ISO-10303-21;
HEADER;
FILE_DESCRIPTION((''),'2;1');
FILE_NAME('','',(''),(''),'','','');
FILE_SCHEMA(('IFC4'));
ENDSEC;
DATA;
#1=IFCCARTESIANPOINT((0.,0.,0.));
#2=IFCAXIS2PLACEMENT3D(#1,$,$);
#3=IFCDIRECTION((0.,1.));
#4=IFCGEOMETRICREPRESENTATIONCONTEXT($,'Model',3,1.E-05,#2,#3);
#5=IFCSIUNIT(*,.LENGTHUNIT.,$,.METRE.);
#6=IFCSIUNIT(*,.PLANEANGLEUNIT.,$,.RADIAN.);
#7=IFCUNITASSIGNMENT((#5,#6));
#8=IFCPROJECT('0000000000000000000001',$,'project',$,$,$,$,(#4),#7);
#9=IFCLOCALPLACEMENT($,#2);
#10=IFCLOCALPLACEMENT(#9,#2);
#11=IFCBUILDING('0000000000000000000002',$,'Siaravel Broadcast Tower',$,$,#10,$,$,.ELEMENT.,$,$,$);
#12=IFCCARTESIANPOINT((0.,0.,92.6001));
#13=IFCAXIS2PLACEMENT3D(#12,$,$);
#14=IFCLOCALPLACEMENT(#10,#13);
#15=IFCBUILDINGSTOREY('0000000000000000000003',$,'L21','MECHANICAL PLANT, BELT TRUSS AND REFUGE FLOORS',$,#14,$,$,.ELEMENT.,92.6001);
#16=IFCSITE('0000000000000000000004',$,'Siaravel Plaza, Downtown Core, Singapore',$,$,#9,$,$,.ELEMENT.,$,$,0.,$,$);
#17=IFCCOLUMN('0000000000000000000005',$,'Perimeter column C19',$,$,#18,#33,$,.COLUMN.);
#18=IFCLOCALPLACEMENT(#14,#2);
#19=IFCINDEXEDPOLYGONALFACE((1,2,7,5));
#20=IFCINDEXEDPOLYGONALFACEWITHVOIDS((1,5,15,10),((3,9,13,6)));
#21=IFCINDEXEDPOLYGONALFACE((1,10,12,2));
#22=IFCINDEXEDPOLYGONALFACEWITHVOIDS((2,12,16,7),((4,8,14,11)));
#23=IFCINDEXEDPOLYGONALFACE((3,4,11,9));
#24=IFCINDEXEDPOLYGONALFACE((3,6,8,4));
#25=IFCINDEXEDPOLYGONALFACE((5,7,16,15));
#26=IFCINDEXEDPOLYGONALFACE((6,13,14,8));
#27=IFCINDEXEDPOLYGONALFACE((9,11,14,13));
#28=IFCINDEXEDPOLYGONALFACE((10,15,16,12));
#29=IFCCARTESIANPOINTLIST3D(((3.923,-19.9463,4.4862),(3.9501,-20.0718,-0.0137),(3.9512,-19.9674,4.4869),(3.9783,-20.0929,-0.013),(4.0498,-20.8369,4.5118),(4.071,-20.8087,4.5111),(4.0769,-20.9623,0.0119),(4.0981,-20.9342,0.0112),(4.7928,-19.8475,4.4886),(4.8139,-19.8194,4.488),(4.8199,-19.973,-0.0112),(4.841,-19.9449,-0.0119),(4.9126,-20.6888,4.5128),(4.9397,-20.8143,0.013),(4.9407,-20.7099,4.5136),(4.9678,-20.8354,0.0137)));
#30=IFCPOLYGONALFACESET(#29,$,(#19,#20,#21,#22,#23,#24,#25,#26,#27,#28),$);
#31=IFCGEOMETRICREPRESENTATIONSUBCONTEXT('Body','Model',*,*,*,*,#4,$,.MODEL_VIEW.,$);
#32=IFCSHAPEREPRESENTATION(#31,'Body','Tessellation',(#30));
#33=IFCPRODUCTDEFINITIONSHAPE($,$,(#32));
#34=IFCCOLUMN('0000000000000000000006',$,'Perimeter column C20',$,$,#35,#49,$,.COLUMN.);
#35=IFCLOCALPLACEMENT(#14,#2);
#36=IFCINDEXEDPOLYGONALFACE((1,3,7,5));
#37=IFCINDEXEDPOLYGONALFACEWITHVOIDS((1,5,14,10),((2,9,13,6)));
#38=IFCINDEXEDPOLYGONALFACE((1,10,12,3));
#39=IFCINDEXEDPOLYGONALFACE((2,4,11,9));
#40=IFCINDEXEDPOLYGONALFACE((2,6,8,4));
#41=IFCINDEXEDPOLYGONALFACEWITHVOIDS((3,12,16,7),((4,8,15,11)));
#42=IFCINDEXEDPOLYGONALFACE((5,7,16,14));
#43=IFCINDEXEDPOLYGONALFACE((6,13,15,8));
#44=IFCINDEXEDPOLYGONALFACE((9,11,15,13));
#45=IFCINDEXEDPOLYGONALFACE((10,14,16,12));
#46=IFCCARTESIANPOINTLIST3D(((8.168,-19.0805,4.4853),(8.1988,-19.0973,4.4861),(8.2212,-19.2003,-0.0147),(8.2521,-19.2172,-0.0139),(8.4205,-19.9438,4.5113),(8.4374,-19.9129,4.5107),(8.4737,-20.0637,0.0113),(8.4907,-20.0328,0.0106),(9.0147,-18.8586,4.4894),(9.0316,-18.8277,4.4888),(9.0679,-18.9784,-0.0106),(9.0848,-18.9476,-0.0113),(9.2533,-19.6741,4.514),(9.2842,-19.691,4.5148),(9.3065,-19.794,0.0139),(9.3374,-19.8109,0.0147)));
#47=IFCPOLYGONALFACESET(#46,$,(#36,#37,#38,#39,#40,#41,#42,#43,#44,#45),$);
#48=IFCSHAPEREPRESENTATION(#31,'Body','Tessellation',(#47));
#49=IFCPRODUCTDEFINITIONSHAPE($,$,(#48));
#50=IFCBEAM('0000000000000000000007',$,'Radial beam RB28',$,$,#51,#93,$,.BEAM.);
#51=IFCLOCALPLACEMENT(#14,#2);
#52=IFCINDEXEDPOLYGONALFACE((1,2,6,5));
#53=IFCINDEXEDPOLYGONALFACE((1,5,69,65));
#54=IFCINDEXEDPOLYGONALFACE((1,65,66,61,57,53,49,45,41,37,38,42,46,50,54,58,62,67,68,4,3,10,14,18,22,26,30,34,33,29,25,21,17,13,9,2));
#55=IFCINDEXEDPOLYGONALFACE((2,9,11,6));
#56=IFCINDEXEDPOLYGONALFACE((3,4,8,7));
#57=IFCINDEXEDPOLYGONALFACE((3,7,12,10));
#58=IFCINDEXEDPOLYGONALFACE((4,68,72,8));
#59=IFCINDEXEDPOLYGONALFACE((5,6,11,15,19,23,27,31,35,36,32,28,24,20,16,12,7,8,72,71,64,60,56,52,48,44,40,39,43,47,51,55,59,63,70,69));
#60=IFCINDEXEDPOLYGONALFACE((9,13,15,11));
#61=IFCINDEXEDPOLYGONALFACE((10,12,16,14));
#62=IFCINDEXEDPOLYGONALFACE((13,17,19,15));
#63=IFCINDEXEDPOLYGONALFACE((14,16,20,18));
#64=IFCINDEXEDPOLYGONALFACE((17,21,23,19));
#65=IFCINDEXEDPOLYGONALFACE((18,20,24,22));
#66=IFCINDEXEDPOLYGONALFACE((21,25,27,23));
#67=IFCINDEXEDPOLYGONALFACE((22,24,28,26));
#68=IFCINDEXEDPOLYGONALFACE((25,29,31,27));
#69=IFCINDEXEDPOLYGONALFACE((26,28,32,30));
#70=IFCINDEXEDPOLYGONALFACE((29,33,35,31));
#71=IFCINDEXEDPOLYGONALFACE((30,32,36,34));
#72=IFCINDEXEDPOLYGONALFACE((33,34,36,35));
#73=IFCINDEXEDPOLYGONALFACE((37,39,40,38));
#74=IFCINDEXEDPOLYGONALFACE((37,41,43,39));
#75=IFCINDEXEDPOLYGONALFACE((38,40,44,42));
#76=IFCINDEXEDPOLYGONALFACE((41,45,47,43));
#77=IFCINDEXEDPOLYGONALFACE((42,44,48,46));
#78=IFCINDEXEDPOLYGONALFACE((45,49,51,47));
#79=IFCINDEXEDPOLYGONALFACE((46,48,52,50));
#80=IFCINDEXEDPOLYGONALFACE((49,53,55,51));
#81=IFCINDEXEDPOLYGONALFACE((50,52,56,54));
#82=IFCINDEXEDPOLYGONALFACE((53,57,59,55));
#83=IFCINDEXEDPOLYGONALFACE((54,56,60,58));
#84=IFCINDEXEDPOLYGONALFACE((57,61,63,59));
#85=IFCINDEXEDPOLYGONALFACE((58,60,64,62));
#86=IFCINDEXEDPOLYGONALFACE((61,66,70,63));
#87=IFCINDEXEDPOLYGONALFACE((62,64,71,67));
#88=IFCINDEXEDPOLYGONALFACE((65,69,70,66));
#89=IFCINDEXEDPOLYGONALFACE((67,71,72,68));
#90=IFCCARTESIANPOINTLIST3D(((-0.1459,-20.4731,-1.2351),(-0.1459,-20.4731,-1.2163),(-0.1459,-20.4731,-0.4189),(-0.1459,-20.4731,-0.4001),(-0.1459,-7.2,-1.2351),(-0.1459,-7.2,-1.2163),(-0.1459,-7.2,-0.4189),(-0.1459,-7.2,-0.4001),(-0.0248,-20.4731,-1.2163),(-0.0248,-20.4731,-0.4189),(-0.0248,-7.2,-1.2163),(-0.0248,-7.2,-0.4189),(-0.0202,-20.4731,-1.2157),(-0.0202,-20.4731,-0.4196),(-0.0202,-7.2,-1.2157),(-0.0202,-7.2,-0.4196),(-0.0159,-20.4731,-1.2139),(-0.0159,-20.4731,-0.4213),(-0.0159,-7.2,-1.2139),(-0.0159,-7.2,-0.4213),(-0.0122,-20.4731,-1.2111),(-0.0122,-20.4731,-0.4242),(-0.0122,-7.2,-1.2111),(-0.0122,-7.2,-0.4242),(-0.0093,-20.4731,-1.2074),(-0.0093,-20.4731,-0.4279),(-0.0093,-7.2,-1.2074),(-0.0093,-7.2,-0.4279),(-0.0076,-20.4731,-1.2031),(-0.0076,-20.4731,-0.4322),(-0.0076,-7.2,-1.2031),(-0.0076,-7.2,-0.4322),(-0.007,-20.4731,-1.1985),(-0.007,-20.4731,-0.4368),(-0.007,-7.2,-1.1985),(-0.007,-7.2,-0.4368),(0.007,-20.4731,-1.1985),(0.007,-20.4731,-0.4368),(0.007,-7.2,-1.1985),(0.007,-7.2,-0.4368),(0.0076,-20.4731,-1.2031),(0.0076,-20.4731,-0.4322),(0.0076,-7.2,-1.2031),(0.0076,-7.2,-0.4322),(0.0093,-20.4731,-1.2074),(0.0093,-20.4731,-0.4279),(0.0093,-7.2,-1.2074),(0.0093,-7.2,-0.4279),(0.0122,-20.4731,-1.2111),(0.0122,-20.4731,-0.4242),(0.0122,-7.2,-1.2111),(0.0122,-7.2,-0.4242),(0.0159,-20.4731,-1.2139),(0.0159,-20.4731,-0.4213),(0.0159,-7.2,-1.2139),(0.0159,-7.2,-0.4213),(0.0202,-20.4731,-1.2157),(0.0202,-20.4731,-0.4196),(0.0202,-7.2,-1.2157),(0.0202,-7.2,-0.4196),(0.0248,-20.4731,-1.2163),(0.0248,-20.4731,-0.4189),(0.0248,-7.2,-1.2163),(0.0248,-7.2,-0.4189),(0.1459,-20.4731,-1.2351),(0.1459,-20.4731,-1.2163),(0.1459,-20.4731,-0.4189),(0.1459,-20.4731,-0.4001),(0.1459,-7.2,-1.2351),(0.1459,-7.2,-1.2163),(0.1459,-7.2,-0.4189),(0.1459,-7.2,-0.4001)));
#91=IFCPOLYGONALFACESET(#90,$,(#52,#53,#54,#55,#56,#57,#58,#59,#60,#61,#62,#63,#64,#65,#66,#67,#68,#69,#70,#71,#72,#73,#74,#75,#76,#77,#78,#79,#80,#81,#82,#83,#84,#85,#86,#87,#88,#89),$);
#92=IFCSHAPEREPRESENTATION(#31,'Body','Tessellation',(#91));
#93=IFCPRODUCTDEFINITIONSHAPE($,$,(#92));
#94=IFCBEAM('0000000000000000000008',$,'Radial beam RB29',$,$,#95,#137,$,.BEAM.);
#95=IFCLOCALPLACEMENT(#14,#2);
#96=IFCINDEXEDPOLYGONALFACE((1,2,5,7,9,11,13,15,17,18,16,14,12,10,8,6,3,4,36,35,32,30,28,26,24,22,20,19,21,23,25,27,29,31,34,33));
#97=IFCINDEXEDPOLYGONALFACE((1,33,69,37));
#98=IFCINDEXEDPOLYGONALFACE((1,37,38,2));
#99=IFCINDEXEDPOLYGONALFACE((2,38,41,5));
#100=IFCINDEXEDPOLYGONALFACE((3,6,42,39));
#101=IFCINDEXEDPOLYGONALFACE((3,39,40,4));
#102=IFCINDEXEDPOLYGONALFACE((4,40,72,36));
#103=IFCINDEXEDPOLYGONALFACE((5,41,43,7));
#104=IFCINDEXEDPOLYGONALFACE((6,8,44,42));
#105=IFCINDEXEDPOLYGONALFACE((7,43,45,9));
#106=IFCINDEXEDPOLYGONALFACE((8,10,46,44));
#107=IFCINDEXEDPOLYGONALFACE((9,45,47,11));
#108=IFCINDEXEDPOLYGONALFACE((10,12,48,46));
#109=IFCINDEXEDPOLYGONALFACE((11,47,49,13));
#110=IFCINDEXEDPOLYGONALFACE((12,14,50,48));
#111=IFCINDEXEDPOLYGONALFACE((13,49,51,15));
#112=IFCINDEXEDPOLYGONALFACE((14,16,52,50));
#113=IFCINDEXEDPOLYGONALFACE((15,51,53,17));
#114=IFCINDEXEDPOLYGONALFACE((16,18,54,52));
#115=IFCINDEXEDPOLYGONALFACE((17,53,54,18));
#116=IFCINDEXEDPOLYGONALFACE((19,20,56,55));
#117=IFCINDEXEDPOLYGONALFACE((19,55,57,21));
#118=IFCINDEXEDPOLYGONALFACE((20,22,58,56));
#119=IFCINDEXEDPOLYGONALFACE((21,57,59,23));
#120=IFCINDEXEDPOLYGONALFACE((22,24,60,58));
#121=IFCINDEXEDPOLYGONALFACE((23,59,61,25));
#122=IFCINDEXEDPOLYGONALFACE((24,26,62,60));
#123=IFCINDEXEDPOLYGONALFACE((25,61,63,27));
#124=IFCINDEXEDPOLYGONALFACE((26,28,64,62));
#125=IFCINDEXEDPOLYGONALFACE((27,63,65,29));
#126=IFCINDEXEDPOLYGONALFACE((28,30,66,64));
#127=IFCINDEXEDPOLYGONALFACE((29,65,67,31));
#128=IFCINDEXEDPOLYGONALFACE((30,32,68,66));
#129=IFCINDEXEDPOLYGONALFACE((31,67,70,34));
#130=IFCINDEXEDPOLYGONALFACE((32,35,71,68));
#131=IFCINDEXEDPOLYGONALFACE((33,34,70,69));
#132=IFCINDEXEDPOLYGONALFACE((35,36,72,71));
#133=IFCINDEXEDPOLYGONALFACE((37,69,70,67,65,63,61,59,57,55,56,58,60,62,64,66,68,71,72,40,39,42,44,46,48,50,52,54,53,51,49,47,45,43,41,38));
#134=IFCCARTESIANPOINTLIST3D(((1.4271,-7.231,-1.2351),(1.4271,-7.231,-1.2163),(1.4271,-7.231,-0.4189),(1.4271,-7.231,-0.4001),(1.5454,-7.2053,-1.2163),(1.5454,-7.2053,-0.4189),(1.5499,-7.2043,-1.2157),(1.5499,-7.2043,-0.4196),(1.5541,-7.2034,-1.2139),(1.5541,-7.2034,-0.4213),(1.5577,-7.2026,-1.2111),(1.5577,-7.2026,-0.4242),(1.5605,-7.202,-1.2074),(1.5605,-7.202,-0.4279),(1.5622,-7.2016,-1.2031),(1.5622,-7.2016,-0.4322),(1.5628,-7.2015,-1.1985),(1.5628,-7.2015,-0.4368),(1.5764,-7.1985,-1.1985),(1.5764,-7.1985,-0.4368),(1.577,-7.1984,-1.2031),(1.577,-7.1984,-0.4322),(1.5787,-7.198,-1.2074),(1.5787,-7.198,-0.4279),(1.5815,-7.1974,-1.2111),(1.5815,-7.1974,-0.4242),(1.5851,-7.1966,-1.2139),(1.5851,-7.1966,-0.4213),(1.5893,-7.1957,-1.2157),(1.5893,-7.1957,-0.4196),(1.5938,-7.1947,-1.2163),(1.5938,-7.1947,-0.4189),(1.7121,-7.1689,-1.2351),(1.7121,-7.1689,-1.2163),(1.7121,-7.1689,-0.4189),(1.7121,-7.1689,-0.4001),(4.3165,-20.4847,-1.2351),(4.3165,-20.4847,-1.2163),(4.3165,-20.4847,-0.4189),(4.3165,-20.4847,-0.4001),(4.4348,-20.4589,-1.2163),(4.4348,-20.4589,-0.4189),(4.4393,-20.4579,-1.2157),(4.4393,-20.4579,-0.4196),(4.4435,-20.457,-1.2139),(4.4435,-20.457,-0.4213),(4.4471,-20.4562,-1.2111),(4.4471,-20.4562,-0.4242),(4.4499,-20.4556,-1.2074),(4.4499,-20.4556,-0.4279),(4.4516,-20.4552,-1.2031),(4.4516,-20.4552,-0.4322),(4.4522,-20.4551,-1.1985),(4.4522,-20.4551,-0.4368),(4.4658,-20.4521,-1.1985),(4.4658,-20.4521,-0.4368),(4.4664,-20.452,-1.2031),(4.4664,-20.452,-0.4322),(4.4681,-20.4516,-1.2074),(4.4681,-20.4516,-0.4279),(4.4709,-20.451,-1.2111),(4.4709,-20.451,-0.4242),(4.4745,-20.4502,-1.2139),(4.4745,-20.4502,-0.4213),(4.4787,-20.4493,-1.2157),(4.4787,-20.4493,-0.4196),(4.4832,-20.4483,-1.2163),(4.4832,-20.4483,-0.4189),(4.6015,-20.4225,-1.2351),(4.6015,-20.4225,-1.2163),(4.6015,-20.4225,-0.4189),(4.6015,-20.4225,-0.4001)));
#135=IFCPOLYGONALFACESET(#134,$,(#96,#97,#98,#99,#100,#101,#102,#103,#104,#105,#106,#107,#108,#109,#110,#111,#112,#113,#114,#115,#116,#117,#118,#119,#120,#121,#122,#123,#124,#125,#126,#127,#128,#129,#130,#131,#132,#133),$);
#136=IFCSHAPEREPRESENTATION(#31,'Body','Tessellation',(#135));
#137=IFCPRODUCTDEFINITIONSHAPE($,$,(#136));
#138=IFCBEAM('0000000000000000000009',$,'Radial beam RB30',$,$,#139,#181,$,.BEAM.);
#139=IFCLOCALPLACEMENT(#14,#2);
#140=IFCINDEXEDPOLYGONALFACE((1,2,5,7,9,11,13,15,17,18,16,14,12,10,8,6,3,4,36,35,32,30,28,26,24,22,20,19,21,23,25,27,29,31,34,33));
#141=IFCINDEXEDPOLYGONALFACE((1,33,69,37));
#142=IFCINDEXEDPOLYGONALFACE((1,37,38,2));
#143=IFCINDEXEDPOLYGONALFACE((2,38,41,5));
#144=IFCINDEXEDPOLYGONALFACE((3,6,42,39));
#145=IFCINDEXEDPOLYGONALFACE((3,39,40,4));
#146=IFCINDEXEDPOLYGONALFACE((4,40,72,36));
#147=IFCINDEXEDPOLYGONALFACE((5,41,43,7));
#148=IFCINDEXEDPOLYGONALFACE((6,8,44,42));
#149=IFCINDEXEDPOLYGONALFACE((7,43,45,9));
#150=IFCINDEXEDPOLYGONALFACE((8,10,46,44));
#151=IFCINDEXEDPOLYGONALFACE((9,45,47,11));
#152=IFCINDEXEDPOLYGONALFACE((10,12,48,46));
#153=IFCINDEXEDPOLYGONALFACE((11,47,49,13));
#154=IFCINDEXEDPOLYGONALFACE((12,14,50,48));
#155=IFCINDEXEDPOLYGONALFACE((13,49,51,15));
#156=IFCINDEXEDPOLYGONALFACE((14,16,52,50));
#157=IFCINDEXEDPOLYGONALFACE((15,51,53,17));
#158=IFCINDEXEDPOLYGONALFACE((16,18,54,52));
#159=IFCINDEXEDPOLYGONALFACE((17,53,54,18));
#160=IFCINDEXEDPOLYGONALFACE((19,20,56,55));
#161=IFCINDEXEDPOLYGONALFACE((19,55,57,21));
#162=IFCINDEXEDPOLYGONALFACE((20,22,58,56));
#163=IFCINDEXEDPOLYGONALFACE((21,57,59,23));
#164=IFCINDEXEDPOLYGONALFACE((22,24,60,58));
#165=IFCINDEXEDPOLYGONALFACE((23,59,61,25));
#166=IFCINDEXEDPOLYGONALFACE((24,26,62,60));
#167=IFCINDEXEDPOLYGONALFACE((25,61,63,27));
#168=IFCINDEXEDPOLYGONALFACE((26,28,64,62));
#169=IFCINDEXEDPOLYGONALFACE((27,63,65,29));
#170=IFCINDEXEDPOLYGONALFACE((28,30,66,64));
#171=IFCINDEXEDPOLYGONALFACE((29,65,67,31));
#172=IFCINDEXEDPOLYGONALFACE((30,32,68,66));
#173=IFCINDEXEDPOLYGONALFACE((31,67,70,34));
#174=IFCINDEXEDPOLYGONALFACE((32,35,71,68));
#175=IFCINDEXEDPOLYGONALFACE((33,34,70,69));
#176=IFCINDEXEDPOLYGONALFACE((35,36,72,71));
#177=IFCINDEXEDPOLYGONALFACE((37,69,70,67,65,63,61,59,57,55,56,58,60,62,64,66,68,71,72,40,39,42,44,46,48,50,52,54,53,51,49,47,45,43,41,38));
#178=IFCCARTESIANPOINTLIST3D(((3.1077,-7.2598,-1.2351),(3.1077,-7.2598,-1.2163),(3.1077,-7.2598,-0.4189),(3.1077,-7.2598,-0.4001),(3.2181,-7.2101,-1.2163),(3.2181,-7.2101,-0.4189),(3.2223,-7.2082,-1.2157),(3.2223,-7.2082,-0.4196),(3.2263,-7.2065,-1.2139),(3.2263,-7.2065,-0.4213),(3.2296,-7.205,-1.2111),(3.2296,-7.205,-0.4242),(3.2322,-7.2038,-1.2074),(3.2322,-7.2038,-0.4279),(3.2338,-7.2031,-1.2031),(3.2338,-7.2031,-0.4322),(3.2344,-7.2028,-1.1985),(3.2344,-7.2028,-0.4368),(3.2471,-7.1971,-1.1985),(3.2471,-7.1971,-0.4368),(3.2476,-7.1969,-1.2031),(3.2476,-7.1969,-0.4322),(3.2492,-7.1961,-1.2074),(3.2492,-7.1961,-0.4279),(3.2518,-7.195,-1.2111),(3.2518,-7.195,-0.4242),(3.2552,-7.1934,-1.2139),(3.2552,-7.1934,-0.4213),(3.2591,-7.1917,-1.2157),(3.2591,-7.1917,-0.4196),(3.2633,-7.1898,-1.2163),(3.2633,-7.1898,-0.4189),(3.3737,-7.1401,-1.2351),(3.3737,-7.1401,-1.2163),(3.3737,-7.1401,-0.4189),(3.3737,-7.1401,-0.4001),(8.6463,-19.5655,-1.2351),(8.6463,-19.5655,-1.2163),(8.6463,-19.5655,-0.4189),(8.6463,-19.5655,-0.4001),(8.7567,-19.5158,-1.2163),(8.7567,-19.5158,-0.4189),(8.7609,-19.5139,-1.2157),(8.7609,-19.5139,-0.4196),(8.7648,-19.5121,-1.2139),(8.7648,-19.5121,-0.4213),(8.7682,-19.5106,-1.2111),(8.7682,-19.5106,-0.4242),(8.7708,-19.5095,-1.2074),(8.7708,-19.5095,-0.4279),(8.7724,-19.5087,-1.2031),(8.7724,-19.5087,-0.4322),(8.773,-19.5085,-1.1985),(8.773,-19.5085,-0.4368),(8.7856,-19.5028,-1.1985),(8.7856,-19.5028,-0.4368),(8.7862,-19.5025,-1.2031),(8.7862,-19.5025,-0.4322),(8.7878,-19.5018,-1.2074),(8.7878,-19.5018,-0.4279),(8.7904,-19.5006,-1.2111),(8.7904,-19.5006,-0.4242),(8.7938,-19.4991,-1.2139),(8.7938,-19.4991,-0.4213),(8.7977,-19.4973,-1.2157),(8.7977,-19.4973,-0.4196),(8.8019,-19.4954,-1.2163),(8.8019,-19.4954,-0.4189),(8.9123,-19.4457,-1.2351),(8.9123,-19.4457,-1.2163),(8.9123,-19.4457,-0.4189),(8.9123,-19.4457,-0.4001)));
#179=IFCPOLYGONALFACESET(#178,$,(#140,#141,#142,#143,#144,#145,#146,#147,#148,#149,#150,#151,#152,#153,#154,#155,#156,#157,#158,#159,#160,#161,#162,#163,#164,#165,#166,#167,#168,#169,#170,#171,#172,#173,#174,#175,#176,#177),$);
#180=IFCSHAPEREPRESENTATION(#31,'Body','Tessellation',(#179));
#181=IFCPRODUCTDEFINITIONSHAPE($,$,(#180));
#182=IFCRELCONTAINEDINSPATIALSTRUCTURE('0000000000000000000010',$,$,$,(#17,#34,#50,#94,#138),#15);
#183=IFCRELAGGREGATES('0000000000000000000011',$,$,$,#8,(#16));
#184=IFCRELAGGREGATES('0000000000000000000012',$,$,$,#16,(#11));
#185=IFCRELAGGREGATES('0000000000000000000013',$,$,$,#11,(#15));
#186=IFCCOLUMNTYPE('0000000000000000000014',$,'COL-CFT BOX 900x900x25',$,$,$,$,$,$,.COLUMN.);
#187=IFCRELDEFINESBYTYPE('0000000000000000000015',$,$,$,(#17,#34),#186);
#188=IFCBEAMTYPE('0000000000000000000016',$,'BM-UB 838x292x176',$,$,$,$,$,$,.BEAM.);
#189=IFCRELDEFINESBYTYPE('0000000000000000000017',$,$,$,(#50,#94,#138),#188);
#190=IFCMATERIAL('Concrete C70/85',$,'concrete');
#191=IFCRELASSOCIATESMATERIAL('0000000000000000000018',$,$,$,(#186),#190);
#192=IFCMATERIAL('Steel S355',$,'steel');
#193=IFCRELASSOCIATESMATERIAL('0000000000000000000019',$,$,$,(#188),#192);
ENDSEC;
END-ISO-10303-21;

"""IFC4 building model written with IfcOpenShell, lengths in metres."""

from ifc_helpers import new_model, si_unit, direction, frame, origin, origin_2d, place, context, subcontext, project, spatial, hollow_rectangle, i_section, extrude, material, material_profile, profile_set, type_object, element, save


model = new_model("IFC4")

# Units and contexts
model_context = context("Model", 3, precision=1e-05, world=origin(), true_north=direction((0.0, 1.0)))
body_context = subcontext(model_context, "Body", "Model", "MODEL_VIEW")
ifc_project = project(units=[si_unit("LENGTHUNIT", "METRE"), si_unit("PLANEANGLEUNIT", "RADIAN")], contexts=[model_context])

# Site, building, storey
site_placement = place(None, origin())
site = spatial("IfcSite", under=ifc_project, at=site_placement, Name="Siaravel Plaza, Downtown Core, Singapore", CompositionType="ELEMENT", RefElevation=0.0)
building_placement = place(site_placement, origin())
building = spatial("IfcBuilding", under=site, at=building_placement, Name="Siaravel Broadcast Tower", CompositionType="ELEMENT")
storey_placement = place(building_placement, frame((0.0, 0.0, 92.6001)))
storey = spatial("IfcBuildingStorey", under=building, at=storey_placement, Name="L21", Description="MECHANICAL PLANT, BELT TRUSS AND REFUGE FLOORS", CompositionType="ELEMENT", Elevation=92.6001)

# Columns
ifc_material_1 = material(Name="Concrete C70/85", Category="concrete")
ifc_material_profile_1 = material_profile(ifc_material_1, hollow_rectangle(XDim=0.8999, YDim=0.8999, WallThickness=0.0249, at=origin_2d()))
ifc_profile_set_1 = profile_set([ifc_material_profile_1], Name="Concrete C70/85")
column_type = type_object("IfcColumnType", Name="COL-CFT BOX 900x900x25", PredefinedType="COLUMN", material=ifc_profile_set_1)
column_1_placement = place(storey_placement, frame((4.459, -20.4536, 0.0), z_axis=(-0.00602, 0.027875, 0.999593), x_axis=(-0.990003, -0.141035, -0.002029)))
element("IfcColumn", 1, at=column_1_placement, inside=storey, type_object=column_type, Name="Perimeter column C19", PredefinedType="COLUMN", context=body_context, shape_type="SweptSolid", body=[
    extrude(hollow_rectangle(XDim=0.8999, YDim=0.8999, WallThickness=0.0249, at=origin_2d()), origin(), (0.0, 0.0, 1.0), 4.5017),
])
column_2_placement = place(storey_placement, frame((8.7793, -19.5056, 0.0), z_axis=(-0.011822, 0.026627, 0.999576), x_axis=(-0.959734, -0.280883, -0.003869)))
element("IfcColumn", 2, at=column_2_placement, inside=storey, type_object=column_type, Name="Perimeter column C20", PredefinedType="COLUMN", context=body_context, shape_type="SweptSolid", body=[
    extrude(hollow_rectangle(XDim=0.8999, YDim=0.8999, WallThickness=0.0249, at=origin_2d()), origin(), (0.0, 0.0, 1.0), 4.502),
])

# Beams
ifc_material_2 = material(Name="Steel S355", Category="steel")
ifc_material_profile_2 = material_profile(ifc_material_2, i_section(OverallWidth=0.2917, OverallDepth=0.835, WebThickness=0.0139, FlangeThickness=0.0188, FilletRadius=0.0178, at=origin_2d()))
ifc_profile_set_2 = profile_set([ifc_material_profile_2], Name="Steel S355")
beam_type_1 = type_object("IfcBeamType", Name="BM-UB 838x292x176", PredefinedType="BEAM", material=ifc_profile_set_2)
beam_1_placement = place(storey_placement, frame((0.0, -20.4731, -0.8176), z_axis=(0.0, 1.0, 0.0), x_axis=(-1.0, 0.0, 0.0)))
element("IfcBeam", 3, at=beam_1_placement, inside=storey, type_object=beam_type_1, Name="Radial beam RB28", PredefinedType="BEAM", context=body_context, shape_type="SweptSolid", body=[
    extrude(i_section(OverallWidth=0.2917, OverallDepth=0.835, WebThickness=0.0139, FlangeThickness=0.0188, FilletRadius=0.0178, at=origin_2d()), origin(), (0.0, 0.0, 1.0), 13.2732),
])
beam_2_placement = place(storey_placement, frame((4.459, -20.4536, -0.8176), z_axis=(-0.213005, 0.977051, 0.0), x_axis=(-0.977051, -0.213005, 0.0)))
element("IfcBeam", 4, at=beam_2_placement, inside=storey, type_object=beam_type_1, Name="Radial beam RB29", PredefinedType="BEAM", context=body_context, shape_type="SweptSolid", body=[
    extrude(i_section(OverallWidth=0.2917, OverallDepth=0.835, WebThickness=0.0139, FlangeThickness=0.0188, FilletRadius=0.0178, at=origin_2d()), origin(), (0.0, 0.0, 1.0), 13.5649),
])
beam_3_placement = place(storey_placement, frame((8.7793, -19.5056, -0.8176), z_axis=(-0.410428, 0.911893, 0.0), x_axis=(-0.911893, -0.410428, 0.0)))
element("IfcBeam", 5, at=beam_3_placement, inside=storey, type_object=beam_type_1, Name="Radial beam RB30", PredefinedType="BEAM", context=body_context, shape_type="SweptSolid", body=[
    extrude(i_section(OverallWidth=0.2917, OverallDepth=0.835, WebThickness=0.0139, FlangeThickness=0.0188, FilletRadius=0.0178, at=origin_2d()), origin(), (0.0, 0.0, 1.0), 13.4946),
])

save(model, "model.ifc")
